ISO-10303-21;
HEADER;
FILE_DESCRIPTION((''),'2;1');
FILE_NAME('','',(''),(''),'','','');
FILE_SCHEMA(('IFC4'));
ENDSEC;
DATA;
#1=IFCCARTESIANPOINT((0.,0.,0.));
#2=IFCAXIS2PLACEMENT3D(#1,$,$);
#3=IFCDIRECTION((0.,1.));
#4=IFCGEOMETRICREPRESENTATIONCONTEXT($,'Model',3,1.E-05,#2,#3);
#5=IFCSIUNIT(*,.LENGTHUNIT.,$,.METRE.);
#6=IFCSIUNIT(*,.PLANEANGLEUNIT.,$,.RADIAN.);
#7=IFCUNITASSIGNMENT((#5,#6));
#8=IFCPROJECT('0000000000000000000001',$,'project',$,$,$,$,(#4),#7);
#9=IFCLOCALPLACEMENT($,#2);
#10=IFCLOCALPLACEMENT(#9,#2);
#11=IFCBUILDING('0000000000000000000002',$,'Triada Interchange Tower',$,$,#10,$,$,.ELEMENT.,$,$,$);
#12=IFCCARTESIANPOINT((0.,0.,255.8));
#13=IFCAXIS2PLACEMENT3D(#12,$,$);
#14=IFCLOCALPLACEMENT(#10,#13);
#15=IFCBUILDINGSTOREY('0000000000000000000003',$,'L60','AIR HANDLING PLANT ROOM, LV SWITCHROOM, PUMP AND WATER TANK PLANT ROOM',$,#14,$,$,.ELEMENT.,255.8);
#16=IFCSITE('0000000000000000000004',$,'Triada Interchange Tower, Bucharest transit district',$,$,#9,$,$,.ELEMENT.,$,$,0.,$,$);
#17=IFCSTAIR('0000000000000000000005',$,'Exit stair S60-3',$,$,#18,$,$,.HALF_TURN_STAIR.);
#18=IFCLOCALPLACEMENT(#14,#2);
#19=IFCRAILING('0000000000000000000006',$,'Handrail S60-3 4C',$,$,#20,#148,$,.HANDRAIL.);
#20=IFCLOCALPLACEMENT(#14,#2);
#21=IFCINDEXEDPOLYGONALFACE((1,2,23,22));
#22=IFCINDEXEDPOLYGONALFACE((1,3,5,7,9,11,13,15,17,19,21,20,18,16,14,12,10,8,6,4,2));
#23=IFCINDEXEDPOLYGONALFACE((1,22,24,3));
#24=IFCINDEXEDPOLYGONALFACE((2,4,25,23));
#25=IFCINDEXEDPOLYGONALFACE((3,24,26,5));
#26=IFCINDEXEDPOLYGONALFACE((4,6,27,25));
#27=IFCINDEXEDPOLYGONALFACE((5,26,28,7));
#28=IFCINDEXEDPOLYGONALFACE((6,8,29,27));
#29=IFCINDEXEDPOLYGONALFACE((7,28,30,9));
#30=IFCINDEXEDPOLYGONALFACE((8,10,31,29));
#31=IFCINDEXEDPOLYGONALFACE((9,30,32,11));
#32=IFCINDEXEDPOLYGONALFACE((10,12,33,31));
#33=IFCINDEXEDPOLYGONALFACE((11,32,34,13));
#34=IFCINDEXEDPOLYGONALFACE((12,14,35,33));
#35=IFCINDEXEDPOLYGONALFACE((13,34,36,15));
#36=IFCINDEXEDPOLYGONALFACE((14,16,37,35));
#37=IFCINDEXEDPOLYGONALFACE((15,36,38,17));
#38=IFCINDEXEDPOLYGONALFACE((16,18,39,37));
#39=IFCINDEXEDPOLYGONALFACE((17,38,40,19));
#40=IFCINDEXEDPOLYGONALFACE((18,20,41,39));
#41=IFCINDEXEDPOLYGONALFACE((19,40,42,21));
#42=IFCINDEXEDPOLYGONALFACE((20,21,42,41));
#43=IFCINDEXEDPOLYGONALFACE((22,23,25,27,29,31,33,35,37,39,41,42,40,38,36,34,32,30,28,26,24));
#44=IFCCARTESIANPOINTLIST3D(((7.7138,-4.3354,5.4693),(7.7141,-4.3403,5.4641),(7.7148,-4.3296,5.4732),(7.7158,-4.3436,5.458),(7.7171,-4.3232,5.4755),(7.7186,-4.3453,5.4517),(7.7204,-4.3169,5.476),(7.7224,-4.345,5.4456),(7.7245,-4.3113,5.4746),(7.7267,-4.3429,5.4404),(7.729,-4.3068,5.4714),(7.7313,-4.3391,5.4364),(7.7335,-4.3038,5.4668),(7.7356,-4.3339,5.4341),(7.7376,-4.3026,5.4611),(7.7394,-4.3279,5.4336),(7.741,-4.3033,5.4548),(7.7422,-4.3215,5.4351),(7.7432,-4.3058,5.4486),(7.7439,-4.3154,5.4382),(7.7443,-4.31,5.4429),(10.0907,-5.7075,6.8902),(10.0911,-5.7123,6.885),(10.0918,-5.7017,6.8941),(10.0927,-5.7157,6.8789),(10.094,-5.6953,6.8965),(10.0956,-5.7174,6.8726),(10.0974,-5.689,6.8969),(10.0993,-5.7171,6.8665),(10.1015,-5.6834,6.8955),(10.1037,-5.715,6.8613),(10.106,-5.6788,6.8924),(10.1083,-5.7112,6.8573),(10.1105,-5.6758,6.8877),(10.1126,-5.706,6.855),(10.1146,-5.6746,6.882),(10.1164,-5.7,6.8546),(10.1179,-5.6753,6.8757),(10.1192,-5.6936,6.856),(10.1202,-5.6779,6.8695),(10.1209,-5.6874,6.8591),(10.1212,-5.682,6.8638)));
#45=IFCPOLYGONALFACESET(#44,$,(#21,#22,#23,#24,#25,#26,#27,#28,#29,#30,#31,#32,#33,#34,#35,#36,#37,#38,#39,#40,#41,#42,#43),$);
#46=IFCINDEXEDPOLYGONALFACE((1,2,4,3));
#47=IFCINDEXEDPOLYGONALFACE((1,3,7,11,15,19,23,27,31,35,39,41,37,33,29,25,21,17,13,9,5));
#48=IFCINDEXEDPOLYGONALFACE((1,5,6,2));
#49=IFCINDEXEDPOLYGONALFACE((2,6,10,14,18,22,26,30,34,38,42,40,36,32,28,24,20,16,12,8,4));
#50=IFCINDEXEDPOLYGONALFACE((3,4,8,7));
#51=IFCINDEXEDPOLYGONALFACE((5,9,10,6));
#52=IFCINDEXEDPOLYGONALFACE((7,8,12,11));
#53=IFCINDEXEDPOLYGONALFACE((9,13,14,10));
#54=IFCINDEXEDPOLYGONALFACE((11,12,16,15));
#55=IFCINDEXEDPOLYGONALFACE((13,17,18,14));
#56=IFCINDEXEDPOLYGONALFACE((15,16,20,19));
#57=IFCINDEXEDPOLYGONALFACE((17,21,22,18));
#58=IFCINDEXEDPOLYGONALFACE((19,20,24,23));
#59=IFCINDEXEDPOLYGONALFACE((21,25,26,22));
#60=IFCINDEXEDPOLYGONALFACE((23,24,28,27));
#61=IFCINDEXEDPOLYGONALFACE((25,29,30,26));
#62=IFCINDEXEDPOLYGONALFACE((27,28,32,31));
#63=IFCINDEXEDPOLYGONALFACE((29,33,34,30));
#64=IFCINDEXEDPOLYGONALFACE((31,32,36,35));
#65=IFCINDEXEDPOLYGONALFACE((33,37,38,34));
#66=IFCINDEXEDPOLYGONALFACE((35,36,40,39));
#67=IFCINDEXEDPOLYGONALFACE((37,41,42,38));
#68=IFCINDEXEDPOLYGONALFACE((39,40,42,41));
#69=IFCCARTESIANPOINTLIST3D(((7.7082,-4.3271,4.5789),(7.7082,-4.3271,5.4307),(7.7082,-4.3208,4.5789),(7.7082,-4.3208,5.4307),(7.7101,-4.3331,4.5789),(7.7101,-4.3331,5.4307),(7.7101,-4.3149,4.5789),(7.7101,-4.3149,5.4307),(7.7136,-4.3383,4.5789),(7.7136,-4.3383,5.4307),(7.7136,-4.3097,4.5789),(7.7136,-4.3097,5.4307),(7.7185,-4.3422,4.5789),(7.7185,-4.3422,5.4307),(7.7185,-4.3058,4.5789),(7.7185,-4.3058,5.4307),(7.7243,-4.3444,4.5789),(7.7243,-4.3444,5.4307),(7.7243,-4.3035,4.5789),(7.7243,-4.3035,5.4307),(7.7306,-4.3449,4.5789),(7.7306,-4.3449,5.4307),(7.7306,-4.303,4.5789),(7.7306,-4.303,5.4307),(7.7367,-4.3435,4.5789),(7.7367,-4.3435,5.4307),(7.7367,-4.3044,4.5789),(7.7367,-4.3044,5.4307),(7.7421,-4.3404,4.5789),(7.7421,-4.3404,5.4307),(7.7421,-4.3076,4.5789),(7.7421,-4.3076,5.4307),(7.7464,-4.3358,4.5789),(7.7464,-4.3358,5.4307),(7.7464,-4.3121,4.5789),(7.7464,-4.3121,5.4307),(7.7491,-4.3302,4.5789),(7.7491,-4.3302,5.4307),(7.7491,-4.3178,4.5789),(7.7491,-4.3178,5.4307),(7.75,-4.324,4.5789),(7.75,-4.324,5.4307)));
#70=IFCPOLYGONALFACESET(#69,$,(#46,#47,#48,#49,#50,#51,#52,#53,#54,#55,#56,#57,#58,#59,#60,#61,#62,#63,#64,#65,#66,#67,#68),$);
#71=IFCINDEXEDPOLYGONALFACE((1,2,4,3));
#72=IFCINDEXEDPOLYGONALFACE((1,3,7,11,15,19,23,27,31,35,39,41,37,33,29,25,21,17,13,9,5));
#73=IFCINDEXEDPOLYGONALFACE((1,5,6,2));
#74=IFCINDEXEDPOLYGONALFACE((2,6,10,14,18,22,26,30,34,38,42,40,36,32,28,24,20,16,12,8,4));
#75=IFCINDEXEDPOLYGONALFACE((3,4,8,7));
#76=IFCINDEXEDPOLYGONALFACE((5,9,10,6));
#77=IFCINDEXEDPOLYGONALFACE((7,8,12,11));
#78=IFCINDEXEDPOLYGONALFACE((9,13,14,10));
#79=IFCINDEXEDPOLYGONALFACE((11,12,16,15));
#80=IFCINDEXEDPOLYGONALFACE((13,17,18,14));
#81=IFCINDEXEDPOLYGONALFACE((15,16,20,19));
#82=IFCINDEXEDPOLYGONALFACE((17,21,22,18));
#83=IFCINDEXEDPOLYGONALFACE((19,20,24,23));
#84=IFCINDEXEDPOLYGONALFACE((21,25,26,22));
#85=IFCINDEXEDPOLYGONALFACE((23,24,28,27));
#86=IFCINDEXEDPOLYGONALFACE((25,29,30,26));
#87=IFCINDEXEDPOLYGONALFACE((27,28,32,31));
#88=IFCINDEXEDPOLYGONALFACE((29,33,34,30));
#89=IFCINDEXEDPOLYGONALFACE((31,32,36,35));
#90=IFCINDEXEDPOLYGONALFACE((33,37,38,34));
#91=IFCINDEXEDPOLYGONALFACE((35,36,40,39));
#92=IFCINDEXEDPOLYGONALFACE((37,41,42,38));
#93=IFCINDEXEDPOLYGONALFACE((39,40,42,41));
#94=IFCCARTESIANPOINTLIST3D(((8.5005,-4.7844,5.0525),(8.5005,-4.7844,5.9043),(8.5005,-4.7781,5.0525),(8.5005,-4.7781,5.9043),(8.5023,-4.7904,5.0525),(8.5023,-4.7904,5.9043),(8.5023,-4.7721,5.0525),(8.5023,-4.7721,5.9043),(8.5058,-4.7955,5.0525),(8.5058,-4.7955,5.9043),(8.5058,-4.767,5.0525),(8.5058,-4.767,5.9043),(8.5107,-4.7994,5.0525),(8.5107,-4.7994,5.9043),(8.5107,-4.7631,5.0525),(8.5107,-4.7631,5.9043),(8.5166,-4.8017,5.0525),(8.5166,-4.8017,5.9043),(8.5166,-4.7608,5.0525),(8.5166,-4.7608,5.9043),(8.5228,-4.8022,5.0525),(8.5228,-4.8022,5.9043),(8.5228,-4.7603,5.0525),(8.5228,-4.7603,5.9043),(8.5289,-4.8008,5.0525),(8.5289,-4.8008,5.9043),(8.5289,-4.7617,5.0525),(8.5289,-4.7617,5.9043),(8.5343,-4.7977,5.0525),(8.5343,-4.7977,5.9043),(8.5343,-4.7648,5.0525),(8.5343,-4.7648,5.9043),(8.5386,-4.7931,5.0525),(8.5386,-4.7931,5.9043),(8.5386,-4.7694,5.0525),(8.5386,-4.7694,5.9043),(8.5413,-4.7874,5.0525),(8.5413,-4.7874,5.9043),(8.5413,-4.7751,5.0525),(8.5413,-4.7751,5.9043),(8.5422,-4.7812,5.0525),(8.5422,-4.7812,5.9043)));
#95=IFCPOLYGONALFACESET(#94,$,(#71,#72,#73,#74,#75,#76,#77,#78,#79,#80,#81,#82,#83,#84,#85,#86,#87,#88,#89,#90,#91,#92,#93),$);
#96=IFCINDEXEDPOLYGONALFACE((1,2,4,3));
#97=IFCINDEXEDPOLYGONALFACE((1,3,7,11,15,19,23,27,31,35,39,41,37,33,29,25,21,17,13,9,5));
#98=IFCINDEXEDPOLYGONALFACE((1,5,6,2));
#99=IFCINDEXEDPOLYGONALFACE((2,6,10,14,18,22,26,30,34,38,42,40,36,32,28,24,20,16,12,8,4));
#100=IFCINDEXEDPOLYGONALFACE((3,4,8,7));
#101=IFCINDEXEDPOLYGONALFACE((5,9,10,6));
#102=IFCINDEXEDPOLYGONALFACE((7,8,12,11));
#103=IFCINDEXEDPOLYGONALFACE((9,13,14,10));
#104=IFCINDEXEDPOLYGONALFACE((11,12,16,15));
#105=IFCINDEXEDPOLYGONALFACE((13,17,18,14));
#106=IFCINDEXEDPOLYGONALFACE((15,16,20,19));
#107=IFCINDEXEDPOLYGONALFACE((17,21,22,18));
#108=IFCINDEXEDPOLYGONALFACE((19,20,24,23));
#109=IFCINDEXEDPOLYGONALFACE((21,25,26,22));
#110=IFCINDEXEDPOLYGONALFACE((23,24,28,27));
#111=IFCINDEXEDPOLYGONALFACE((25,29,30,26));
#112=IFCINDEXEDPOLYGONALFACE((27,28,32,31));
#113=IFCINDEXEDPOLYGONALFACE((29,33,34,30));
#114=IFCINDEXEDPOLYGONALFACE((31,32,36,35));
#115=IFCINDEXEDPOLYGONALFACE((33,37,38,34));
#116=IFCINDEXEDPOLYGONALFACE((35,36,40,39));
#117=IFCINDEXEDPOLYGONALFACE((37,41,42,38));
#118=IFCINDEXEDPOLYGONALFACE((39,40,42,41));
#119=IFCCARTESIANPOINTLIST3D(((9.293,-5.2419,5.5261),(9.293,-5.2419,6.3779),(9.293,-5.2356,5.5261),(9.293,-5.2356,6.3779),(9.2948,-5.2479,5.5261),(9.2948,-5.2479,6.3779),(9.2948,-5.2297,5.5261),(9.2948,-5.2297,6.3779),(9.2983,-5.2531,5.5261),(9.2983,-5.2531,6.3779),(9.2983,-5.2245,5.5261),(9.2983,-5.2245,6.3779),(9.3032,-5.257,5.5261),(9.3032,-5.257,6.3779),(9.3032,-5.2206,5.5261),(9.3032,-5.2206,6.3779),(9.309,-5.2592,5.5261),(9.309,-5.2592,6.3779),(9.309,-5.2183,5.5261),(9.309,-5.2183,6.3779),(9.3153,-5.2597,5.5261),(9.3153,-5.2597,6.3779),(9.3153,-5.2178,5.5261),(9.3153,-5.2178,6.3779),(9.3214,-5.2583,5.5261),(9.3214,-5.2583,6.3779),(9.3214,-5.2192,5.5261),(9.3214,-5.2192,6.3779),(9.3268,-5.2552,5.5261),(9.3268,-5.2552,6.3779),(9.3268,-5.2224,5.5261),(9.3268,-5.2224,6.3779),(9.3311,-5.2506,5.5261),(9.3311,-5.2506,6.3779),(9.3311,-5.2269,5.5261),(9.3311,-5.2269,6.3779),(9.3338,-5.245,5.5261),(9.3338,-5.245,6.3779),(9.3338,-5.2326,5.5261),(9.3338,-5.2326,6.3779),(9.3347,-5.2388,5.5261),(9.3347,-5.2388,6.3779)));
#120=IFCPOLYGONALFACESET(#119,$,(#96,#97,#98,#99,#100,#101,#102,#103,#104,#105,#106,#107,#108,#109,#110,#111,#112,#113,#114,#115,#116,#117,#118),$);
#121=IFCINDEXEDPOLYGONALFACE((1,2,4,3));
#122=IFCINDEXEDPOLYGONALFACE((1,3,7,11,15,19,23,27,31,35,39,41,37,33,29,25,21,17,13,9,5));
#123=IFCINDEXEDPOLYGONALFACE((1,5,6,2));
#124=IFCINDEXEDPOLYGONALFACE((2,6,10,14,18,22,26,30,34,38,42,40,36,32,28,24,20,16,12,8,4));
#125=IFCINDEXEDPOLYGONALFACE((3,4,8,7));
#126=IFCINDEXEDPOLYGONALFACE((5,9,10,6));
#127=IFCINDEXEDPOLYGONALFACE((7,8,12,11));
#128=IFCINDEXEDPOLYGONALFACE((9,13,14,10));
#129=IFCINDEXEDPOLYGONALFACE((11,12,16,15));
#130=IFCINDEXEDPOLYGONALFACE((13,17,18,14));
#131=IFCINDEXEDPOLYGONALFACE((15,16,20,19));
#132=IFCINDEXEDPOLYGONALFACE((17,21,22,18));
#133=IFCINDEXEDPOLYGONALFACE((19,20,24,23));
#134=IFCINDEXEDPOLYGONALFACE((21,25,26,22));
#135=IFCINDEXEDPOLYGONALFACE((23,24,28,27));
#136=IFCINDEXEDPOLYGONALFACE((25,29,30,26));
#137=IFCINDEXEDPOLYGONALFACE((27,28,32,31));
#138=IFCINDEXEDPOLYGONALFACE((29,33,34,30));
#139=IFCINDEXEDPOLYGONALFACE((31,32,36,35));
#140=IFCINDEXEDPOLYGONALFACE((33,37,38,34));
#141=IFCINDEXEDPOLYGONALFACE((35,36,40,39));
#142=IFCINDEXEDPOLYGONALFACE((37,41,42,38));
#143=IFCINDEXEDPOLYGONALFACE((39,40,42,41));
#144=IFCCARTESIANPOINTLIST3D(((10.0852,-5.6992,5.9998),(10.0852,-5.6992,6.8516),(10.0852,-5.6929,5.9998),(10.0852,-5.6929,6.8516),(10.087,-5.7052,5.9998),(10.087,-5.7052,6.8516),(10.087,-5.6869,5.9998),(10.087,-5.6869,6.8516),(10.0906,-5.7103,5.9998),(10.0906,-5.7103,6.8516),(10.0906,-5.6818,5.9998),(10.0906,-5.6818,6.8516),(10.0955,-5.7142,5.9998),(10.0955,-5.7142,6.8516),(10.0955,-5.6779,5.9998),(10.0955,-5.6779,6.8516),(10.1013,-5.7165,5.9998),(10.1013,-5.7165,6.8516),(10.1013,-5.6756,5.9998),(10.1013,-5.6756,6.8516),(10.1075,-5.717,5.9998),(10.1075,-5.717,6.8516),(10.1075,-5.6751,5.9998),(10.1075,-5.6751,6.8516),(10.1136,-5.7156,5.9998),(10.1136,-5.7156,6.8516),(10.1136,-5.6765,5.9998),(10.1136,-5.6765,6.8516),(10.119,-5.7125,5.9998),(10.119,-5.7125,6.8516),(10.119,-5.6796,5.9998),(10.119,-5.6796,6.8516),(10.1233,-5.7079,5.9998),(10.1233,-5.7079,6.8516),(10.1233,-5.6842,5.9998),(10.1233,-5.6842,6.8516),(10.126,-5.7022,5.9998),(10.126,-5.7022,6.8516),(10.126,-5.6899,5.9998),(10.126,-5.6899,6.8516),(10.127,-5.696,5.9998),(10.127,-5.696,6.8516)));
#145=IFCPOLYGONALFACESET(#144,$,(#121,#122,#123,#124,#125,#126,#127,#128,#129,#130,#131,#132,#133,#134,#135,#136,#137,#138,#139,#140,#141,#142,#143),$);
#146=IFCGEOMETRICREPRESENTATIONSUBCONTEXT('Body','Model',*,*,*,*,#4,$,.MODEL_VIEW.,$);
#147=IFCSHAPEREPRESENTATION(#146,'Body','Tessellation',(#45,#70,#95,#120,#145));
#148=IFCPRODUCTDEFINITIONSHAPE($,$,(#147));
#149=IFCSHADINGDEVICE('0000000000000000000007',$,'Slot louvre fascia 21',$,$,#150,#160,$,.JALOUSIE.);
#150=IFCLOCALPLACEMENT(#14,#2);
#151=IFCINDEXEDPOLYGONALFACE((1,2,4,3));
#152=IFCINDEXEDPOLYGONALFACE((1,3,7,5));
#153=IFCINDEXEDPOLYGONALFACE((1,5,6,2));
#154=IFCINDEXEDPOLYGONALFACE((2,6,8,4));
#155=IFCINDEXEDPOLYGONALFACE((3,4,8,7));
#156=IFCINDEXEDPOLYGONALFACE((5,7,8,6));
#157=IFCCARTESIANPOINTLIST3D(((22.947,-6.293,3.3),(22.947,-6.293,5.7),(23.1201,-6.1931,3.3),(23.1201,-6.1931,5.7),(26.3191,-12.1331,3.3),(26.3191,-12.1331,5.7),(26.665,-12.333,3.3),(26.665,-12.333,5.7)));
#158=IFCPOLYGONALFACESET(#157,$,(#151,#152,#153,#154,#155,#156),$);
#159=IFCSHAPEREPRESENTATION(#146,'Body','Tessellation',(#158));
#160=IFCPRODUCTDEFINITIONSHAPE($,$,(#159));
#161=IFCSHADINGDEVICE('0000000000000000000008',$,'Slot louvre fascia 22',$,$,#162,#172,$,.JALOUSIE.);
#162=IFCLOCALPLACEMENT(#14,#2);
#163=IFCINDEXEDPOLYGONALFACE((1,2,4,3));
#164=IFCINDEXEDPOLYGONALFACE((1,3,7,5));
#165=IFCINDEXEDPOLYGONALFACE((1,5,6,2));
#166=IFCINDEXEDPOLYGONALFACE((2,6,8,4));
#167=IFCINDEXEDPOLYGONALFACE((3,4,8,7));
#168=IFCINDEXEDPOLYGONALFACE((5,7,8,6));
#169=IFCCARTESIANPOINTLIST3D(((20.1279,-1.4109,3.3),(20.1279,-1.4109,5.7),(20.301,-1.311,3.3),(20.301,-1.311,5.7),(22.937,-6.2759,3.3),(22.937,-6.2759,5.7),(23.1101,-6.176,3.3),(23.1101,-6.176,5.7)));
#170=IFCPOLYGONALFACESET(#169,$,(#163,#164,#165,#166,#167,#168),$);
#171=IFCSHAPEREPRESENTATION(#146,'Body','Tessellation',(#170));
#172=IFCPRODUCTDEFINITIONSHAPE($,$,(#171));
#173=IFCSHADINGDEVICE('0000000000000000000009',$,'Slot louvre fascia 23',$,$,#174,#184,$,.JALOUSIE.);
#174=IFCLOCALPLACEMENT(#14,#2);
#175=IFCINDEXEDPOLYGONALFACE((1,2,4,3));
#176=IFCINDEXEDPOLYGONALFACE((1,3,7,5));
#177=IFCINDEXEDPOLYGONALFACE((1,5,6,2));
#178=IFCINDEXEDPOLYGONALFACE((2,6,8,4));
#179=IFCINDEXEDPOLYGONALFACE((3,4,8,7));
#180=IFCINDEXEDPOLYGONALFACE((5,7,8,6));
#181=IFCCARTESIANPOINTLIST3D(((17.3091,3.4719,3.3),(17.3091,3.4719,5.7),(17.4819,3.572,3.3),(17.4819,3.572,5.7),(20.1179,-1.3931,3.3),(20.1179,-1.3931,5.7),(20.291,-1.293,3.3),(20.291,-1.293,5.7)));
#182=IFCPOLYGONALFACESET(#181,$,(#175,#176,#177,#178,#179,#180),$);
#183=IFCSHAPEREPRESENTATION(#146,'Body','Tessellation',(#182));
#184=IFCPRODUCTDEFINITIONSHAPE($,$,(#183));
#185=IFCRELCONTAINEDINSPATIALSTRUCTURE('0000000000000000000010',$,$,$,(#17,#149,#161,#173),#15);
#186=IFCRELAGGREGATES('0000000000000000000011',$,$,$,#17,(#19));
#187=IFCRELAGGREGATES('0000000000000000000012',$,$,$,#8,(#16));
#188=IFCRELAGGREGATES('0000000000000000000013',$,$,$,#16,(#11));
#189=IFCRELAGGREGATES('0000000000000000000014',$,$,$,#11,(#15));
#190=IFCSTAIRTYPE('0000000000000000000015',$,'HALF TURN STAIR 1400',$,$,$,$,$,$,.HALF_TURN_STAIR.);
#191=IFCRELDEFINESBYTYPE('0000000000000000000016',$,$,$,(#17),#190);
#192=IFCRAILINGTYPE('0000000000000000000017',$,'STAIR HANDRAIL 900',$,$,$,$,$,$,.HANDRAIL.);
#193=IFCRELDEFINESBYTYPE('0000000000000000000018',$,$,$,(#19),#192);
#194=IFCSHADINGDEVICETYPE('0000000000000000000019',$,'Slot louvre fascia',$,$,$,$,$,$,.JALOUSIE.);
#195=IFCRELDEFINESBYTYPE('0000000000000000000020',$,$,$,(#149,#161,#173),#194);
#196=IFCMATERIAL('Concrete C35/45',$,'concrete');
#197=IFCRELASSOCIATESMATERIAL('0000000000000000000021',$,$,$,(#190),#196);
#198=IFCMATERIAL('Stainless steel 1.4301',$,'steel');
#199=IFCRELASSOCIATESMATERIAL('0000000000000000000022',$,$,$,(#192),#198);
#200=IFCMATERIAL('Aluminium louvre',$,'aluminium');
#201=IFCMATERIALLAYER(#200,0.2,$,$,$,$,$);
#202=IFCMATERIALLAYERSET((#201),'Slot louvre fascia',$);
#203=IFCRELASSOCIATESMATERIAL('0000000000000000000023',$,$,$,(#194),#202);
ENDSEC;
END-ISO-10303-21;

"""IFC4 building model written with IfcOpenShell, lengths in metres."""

from ifc_helpers import new_model, si_unit, direction, frame, origin, origin_2d, place, context, subcontext, project, spatial, polyline, circle, outline, extrude, material, layer, layer_set, type_object, element, aggregate, save


model = new_model("IFC4")

# Units and contexts
model_context = context("Model", 3, precision=1e-05, world=origin(), true_north=direction((0.0, 1.0)))
body_context = subcontext(model_context, "Body", "Model", "MODEL_VIEW")
ifc_project = project(units=[si_unit("LENGTHUNIT", "METRE"), si_unit("PLANEANGLEUNIT", "RADIAN")], contexts=[model_context])

# Site, building, storey
site_placement = place(None, origin())
site = spatial("IfcSite", under=ifc_project, at=site_placement, Name="Triada Interchange Tower, Bucharest transit district", CompositionType="ELEMENT", RefElevation=0.0)
building_placement = place(site_placement, origin())
building = spatial("IfcBuilding", under=site, at=building_placement, Name="Triada Interchange Tower", CompositionType="ELEMENT")
storey_placement = place(building_placement, frame((0.0, 0.0, 255.8)))
storey = spatial("IfcBuildingStorey", under=building, at=storey_placement, Name="L60", Description="AIR HANDLING PLANT ROOM, LV SWITCHROOM, PUMP AND WATER TANK PLANT ROOM", CompositionType="ELEMENT", Elevation=255.8)

# Stair, railing
ifc_material_1 = material(Name="Concrete C35/45", Category="concrete")
stair_type = type_object("IfcStairType", Name="HALF TURN STAIR 1400", PredefinedType="HALF_TURN_STAIR", material=ifc_material_1)
stair_placement = place(storey_placement, origin())
stair = element("IfcStair", 1, at=stair_placement, inside=storey, type_object=stair_type, Name="Exit stair S60-3", PredefinedType="HALF_TURN_STAIR")
ifc_material_2 = material(Name="Stainless steel 1.4301", Category="steel")
railing_type = type_object("IfcRailingType", Name="STAIR HANDRAIL 900", PredefinedType="HANDRAIL", material=ifc_material_2)
railing_1_placement = place(storey_placement, frame((7.729, -4.324, 4.5789)))
railing_1 = element("IfcRailing", 2, at=railing_1_placement, type_object=railing_type, Name="Handrail S60-3 4C", PredefinedType="HANDRAIL", context=body_context, shape_type="SweptSolid", body=[
    extrude(circle(Radius=0.0239, at=origin_2d()), frame((0.0, 0.0, 0.876), z_axis=(0.769106, -0.443958, 0.459757), x_axis=(0.499928, 0.866067, 0.0)), (0.0, 0.0, 1.0), 3.0906),
    extrude(circle(Radius=0.021, at=origin_2d()), origin(), (0.0, 0.0, 1.0), 0.8518),
    extrude(circle(Radius=0.021, at=origin_2d()), frame((0.7922, -0.4573, 0.4736)), (0.0, 0.0, 1.0), 0.8518),
    extrude(circle(Radius=0.021, at=origin_2d()), frame((1.5847, -0.9148, 0.9473)), (0.0, 0.0, 1.0), 0.8518),
    extrude(circle(Radius=0.021, at=origin_2d()), frame((2.377, -1.3721, 1.4209)), (0.0, 0.0, 1.0), 0.8518),
])
aggregate(stair, [railing_1])

# Shading devices
ifc_material_3 = material(Name="Aluminium louvre", Category="aluminium")
ifc_layer_1 = layer(ifc_material_3, 0.2)
ifc_layer_set_1 = layer_set([ifc_layer_1], Name="Slot louvre fascia")
shading_device_type = type_object("IfcShadingDeviceType", Name="Slot louvre fascia", PredefinedType="JALOUSIE", material=ifc_layer_set_1)
shading_device_1_placement = place(storey_placement, frame((0.0, 0.0, 3.3)))
element("IfcShadingDevice", 3, at=shading_device_1_placement, inside=storey, type_object=shading_device_type, Name="Slot louvre fascia 21", PredefinedType="JALOUSIE", context=body_context, shape_type="SweptSolid", body=[
    extrude(outline(polyline([(26.665, -12.333), (26.3191, -12.1331), (22.947, -6.293), (23.1201, -6.1931), (26.665, -12.333)])), origin(), (0.0, 0.0, 1.0), 2.3999),
])
shading_device_2_placement = place(storey_placement, frame((0.0, 0.0, 3.3)))
element("IfcShadingDevice", 4, at=shading_device_2_placement, inside=storey, type_object=shading_device_type, Name="Slot louvre fascia 22", PredefinedType="JALOUSIE", context=body_context, shape_type="SweptSolid", body=[
    extrude(outline(polyline([(23.1101, -6.176), (22.937, -6.2759), (20.1279, -1.4109), (20.301, -1.311), (23.1101, -6.176)])), origin(), (0.0, 0.0, 1.0), 2.3999),
])
shading_device_3_placement = place(storey_placement, frame((0.0, 0.0, 3.3)))
element("IfcShadingDevice", 5, at=shading_device_3_placement, inside=storey, type_object=shading_device_type, Name="Slot louvre fascia 23", PredefinedType="JALOUSIE", context=body_context, shape_type="SweptSolid", body=[
    extrude(outline(polyline([(20.291, -1.293), (20.1179, -1.3931), (17.3091, 3.4719), (17.4819, 3.572), (20.291, -1.293)])), origin(), (0.0, 0.0, 1.0), 2.3999),
])

save(model, "model.ifc")
